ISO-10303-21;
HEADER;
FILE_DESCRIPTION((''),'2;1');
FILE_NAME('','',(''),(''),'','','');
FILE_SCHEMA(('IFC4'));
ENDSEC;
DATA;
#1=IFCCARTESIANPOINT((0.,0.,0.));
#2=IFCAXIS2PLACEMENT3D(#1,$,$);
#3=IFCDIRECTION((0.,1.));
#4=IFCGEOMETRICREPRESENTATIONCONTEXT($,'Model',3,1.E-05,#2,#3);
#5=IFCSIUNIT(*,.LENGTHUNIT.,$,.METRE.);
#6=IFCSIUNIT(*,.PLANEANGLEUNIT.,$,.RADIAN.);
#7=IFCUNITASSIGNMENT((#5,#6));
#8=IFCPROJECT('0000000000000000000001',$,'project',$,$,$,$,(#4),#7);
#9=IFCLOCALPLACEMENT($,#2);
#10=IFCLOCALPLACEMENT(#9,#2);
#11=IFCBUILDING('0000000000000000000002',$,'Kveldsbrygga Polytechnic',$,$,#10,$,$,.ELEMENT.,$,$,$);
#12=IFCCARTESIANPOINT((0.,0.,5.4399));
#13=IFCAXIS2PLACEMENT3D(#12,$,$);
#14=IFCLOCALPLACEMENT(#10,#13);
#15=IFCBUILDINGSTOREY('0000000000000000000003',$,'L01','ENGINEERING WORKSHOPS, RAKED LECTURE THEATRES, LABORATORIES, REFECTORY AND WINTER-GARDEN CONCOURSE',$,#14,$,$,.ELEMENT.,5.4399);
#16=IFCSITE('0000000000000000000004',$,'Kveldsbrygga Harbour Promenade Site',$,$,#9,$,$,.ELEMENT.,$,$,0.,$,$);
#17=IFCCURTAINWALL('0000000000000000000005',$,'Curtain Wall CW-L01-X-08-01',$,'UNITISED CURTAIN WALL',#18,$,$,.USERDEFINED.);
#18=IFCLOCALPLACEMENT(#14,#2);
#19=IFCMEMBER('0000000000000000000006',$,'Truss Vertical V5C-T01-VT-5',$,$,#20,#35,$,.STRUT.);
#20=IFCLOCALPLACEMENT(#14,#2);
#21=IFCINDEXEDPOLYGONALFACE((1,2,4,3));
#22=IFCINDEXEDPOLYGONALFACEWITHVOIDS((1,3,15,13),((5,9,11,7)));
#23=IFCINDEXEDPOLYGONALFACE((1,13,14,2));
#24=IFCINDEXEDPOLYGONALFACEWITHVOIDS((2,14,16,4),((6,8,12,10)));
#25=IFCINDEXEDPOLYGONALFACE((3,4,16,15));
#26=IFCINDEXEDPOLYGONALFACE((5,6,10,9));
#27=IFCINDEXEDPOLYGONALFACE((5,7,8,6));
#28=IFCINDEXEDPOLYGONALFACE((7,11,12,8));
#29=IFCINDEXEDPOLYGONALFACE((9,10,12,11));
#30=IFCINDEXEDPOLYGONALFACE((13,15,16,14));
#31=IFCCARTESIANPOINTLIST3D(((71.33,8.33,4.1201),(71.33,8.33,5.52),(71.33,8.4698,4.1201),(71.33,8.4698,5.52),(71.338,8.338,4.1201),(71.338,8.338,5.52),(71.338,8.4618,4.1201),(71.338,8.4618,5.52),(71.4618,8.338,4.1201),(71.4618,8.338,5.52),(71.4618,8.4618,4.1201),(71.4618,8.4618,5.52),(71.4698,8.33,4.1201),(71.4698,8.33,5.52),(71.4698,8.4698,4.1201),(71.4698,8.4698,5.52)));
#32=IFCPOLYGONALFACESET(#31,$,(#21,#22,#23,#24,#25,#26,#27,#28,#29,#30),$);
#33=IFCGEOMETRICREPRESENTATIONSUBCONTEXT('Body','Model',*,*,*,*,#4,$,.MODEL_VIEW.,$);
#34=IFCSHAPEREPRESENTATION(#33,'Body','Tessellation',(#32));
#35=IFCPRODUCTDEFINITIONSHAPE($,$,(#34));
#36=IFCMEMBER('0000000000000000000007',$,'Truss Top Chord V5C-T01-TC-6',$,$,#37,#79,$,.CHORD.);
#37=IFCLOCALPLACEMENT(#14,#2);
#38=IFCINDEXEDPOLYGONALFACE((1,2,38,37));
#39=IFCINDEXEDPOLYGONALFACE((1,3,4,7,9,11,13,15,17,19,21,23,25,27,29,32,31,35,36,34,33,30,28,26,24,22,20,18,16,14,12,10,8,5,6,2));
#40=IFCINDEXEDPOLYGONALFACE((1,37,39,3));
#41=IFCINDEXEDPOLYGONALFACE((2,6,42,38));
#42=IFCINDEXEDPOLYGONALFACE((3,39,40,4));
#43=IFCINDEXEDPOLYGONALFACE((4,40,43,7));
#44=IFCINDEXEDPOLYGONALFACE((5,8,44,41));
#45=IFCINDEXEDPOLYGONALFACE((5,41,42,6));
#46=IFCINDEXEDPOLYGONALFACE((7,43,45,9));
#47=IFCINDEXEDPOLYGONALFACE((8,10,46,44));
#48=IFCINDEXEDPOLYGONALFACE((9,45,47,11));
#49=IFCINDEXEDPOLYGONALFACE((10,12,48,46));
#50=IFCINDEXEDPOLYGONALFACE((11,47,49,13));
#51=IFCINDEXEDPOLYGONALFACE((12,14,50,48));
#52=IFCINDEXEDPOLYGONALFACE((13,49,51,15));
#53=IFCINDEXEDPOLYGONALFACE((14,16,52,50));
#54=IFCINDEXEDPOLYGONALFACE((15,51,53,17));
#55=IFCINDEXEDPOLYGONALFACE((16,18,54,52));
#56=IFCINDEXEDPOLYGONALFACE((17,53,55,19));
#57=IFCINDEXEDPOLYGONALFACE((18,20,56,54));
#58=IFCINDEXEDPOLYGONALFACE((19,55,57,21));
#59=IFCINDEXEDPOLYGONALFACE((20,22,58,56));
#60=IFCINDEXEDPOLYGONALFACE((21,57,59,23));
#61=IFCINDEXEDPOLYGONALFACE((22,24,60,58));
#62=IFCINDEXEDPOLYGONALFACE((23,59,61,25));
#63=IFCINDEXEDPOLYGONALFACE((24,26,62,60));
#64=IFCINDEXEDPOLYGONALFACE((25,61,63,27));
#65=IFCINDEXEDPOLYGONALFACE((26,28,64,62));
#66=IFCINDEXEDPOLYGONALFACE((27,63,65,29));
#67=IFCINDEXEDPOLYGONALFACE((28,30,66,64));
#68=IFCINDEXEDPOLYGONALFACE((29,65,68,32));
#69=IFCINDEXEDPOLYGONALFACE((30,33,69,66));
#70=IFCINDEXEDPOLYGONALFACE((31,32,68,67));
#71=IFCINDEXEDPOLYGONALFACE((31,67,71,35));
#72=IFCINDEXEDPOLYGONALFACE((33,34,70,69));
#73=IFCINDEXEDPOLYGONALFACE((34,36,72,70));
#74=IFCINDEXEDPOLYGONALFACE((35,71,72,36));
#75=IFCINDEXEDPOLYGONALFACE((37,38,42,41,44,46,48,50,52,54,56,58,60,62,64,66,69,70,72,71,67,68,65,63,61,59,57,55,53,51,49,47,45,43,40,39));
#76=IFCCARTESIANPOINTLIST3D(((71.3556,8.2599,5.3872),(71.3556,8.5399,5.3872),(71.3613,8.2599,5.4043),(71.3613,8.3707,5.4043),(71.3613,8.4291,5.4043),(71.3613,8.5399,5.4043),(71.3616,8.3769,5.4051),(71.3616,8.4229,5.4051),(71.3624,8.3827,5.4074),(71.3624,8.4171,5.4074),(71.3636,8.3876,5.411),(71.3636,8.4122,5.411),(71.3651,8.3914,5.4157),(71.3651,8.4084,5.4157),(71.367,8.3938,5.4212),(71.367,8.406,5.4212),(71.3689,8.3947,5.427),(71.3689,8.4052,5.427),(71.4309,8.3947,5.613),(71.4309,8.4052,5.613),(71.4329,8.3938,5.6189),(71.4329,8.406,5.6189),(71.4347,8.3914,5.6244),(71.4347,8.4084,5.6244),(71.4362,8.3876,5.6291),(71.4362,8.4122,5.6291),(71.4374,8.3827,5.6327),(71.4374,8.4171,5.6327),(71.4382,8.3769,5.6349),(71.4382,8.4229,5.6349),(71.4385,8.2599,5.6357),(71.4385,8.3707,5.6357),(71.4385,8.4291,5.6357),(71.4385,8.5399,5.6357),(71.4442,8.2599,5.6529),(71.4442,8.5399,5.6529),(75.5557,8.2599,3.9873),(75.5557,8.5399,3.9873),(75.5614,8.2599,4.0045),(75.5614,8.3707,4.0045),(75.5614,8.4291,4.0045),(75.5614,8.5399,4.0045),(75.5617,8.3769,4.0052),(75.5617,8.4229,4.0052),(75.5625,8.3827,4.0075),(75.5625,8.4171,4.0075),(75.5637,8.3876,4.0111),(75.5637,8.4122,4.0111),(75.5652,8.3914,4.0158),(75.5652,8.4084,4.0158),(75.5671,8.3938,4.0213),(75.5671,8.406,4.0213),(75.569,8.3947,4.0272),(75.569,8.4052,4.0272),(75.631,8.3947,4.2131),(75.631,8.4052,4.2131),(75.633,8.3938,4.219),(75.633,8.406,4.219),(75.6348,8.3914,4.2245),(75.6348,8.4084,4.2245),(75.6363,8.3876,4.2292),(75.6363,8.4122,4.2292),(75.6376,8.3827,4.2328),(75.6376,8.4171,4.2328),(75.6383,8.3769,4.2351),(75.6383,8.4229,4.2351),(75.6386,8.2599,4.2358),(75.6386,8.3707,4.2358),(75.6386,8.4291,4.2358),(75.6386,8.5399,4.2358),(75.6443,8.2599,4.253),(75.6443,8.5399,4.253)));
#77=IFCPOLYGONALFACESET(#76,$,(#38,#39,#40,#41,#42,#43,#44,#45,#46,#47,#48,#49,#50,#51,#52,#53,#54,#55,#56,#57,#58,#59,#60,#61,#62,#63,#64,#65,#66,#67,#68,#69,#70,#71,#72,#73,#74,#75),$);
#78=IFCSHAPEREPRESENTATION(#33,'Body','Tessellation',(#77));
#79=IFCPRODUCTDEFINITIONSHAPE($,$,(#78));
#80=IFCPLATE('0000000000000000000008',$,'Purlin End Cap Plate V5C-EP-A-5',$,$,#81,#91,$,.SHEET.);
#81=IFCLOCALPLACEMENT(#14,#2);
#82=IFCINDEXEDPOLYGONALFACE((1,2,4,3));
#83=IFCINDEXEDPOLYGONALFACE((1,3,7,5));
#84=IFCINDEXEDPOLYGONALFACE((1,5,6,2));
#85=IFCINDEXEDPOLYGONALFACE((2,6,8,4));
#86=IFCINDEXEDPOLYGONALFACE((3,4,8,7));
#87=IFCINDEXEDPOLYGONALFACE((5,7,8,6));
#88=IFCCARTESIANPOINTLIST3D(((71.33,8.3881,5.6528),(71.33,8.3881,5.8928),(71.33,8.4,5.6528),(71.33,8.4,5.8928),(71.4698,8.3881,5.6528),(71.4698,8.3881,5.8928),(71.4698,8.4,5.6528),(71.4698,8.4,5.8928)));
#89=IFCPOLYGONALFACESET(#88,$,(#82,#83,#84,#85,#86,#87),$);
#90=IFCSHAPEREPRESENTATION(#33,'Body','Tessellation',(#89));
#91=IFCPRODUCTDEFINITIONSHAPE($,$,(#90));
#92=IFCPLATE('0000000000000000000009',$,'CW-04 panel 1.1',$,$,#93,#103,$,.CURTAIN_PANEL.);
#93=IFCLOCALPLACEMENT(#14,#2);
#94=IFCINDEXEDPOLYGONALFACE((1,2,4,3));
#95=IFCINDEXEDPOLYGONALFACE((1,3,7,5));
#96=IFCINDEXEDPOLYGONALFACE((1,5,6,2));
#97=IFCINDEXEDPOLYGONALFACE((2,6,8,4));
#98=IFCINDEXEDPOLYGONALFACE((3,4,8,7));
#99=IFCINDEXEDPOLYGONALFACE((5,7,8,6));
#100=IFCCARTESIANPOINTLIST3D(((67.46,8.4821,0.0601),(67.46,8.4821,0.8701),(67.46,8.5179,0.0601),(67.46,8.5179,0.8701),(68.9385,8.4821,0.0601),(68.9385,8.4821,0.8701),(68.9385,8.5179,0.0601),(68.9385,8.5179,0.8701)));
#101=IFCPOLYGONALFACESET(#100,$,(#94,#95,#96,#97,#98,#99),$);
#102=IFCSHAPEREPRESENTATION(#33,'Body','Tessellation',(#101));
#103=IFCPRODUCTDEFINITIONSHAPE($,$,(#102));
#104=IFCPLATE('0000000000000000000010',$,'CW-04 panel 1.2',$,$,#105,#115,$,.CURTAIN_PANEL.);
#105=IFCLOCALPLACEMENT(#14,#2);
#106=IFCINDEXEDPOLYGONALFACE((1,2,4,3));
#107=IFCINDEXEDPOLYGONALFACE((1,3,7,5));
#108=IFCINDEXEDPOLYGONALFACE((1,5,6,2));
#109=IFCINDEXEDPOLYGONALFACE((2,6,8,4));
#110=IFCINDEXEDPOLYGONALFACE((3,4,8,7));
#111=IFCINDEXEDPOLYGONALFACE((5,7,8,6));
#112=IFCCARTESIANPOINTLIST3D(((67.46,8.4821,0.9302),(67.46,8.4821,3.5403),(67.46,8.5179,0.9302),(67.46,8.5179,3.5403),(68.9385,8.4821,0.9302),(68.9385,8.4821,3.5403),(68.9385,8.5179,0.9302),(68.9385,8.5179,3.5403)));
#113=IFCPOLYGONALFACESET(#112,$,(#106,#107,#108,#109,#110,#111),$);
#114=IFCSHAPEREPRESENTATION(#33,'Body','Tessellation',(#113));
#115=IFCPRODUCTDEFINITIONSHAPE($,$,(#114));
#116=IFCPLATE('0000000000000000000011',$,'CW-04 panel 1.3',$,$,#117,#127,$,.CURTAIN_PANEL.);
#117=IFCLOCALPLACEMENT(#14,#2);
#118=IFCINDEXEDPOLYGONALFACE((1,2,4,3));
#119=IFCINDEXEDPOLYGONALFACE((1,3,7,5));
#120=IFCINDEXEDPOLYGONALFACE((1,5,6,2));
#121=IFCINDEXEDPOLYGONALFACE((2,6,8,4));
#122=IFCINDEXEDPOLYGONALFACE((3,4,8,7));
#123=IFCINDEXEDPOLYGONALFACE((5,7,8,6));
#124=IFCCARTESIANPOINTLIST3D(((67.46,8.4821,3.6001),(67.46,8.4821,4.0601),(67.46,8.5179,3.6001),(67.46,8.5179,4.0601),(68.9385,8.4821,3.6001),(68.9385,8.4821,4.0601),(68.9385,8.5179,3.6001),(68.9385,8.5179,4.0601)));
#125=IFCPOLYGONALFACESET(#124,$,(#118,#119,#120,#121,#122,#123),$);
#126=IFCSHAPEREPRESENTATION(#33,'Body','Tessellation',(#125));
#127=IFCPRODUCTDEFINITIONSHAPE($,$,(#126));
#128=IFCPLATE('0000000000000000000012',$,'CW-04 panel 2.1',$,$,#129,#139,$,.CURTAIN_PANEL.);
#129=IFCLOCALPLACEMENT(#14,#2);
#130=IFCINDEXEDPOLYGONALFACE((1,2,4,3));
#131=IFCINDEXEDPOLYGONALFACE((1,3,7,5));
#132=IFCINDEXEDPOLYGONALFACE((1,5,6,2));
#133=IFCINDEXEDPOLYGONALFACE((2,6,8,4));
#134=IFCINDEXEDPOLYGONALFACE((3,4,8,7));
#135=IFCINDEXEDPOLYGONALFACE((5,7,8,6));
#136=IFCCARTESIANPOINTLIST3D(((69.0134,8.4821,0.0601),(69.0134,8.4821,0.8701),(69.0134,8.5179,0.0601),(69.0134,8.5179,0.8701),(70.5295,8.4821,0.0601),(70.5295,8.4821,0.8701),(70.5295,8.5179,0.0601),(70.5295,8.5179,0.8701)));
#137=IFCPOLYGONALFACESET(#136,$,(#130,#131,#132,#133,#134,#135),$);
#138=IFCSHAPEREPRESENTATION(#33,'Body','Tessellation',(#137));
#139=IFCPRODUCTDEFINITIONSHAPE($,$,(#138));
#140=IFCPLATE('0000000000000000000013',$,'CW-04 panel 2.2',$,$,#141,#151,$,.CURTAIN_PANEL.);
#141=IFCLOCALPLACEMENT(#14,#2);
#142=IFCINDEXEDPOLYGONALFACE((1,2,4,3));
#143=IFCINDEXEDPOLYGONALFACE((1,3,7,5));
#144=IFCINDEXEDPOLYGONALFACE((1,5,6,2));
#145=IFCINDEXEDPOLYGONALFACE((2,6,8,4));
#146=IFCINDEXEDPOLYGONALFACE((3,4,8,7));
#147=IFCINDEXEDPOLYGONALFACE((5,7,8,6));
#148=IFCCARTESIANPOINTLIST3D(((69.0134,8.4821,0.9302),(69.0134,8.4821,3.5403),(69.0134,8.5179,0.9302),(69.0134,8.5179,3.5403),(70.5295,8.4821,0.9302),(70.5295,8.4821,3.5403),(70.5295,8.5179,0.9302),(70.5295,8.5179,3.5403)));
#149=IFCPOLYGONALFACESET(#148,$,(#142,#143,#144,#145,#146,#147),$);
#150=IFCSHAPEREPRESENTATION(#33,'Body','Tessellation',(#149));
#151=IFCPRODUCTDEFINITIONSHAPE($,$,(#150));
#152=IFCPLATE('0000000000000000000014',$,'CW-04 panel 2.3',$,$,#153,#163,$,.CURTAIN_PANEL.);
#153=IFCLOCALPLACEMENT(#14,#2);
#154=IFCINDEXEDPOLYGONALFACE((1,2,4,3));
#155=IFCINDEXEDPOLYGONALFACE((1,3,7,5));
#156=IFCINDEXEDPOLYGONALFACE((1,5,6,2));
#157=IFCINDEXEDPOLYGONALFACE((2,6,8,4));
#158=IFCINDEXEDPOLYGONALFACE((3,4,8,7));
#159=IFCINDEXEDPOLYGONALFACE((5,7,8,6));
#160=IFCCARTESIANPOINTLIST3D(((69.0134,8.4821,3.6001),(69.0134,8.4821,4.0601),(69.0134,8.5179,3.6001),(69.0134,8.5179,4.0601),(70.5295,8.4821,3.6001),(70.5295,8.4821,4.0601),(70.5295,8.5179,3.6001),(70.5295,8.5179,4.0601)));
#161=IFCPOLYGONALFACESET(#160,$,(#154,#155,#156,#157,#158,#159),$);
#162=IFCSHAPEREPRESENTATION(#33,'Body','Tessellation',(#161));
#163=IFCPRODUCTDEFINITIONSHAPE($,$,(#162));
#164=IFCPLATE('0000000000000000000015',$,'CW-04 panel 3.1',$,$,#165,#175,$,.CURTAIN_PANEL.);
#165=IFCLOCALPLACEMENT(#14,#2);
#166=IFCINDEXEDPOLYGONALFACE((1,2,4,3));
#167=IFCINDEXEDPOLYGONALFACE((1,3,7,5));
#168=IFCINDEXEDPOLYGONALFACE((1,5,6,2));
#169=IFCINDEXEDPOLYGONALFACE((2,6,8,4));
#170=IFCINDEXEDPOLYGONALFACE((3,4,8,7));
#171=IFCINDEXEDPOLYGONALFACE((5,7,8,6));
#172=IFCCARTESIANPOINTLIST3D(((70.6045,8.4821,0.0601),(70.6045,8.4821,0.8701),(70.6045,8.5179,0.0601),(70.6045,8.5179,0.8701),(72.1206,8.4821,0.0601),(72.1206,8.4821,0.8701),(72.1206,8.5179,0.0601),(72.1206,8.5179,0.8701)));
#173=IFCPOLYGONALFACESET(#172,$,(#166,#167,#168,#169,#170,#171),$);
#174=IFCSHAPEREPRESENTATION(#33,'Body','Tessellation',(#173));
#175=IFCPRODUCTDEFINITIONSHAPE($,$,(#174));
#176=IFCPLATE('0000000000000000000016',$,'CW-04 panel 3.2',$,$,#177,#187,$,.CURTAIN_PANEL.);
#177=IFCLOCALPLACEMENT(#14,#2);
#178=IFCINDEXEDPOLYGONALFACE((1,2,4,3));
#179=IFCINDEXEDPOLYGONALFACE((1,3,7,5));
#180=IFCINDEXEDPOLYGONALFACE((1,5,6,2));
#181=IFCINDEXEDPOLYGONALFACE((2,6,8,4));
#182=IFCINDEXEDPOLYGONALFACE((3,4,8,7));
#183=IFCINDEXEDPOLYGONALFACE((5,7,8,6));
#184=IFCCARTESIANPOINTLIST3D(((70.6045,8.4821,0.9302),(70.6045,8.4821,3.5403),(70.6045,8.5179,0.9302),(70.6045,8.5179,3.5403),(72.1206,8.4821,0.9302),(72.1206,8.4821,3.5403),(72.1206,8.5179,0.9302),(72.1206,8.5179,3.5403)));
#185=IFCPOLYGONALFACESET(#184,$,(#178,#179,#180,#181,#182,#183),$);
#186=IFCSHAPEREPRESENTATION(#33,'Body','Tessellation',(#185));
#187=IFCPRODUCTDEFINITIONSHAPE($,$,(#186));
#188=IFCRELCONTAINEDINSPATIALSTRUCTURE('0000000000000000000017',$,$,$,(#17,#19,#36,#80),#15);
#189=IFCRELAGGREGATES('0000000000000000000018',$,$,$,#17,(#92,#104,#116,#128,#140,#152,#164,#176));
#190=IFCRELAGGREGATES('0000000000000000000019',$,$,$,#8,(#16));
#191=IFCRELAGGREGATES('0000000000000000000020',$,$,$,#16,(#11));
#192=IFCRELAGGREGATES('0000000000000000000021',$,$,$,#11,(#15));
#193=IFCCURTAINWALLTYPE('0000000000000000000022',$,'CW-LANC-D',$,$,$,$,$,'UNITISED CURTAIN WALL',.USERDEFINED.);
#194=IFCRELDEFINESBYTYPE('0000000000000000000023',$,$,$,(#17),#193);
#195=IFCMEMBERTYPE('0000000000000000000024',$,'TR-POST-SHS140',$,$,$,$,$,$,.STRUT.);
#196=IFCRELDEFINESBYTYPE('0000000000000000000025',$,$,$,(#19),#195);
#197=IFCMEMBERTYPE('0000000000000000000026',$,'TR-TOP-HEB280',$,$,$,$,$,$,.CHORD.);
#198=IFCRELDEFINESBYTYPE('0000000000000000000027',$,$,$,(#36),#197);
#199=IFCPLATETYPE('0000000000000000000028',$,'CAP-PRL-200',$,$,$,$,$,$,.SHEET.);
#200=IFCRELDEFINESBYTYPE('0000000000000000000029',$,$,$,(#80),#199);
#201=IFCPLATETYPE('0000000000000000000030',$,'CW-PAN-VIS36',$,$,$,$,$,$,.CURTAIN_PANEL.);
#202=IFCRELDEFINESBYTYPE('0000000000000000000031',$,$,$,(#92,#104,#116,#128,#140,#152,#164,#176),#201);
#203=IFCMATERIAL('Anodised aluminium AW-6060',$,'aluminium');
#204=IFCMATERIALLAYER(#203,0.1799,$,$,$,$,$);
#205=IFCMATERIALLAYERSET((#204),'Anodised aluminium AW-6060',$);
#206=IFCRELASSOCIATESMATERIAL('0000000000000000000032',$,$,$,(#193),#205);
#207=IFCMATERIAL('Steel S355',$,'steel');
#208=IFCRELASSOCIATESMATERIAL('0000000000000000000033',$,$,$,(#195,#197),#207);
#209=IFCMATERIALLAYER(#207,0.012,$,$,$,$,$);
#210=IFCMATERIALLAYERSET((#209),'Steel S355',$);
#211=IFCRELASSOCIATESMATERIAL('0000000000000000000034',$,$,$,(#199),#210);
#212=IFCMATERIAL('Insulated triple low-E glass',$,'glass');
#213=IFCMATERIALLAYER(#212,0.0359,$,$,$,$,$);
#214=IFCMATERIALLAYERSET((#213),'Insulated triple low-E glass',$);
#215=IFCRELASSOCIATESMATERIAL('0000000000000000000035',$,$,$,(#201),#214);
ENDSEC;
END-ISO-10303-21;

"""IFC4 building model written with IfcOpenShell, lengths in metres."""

from ifc_helpers import new_model, si_unit, direction, frame, origin, origin_2d, place, context, subcontext, project, spatial, rectangle, hollow_rectangle, i_section, extrude, material, layer, layer_set, material_profile, profile_set, type_object, element, aggregate, save


model = new_model("IFC4")

# Units and contexts
model_context = context("Model", 3, precision=1e-05, world=origin(), true_north=direction((0.0, 1.0)))
body_context = subcontext(model_context, "Body", "Model", "MODEL_VIEW")
ifc_project = project(units=[si_unit("LENGTHUNIT", "METRE"), si_unit("PLANEANGLEUNIT", "RADIAN")], contexts=[model_context])

# Site, building, storey
site_placement = place(None, origin())
site = spatial("IfcSite", under=ifc_project, at=site_placement, Name="Kveldsbrygga Harbour Promenade Site", CompositionType="ELEMENT", RefElevation=0.0)
building_placement = place(site_placement, origin())
building = spatial("IfcBuilding", under=site, at=building_placement, Name="Kveldsbrygga Polytechnic", CompositionType="ELEMENT")
storey_placement = place(building_placement, frame((0.0, 0.0, 5.4399)))
storey = spatial("IfcBuildingStorey", under=building, at=storey_placement, Name="L01", Description="ENGINEERING WORKSHOPS, RAKED LECTURE THEATRES, LABORATORIES, REFECTORY AND WINTER-GARDEN CONCOURSE", CompositionType="ELEMENT", Elevation=5.4399)

# Shared definitions
ifc_material_1 = material(Name="Steel S355", Category="steel")

# Curtain wall
ifc_material_2 = material(Name="Anodised aluminium AW-6060", Category="aluminium")
ifc_layer_1 = layer(ifc_material_2, 0.1799)
ifc_layer_set_1 = layer_set([ifc_layer_1], Name="Anodised aluminium AW-6060")
curtain_wall_type = type_object("IfcCurtainWallType", Name="CW-LANC-D", ElementType="UNITISED CURTAIN WALL", PredefinedType="USERDEFINED", material=ifc_layer_set_1)
curtain_wall_placement = place(storey_placement, origin())
curtain_wall = element("IfcCurtainWall", 1, at=curtain_wall_placement, inside=storey, type_object=curtain_wall_type, Name="Curtain Wall CW-L01-X-08-01", ObjectType="UNITISED CURTAIN WALL", PredefinedType="USERDEFINED")

# Members
ifc_material_profile_1 = material_profile(ifc_material_1, hollow_rectangle(XDim=0.1399, YDim=0.1399, WallThickness=0.0081, at=origin_2d()), Name="SHS 140x140x8.0")
ifc_profile_set_1 = profile_set([ifc_material_profile_1], Name="Steel S355")
member_type_1 = type_object("IfcMemberType", Name="TR-POST-SHS140", PredefinedType="STRUT", material=ifc_profile_set_1)
member_1_placement = place(storey_placement, frame((71.3999, 8.3999, 4.1201), z_axis=(0.0, 0.0, 1.0), x_axis=(1.0, 0.0, 0.0)))
element("IfcMember", 2, at=member_1_placement, inside=storey, type_object=member_type_1, Name="Truss Vertical V5C-T01-VT-5", PredefinedType="STRUT", context=body_context, shape_type="SweptSolid", body=[
    extrude(hollow_rectangle(XDim=0.1399, YDim=0.1399, WallThickness=0.0081, at=origin_2d()), origin(), (0.0, 0.0, 1.0), 1.3999),
])
ifc_material_profile_2 = material_profile(ifc_material_1, i_section(OverallWidth=0.28, OverallDepth=0.28, WebThickness=0.0105, FlangeThickness=0.0181, FilletRadius=0.0239, at=origin_2d()), Name="HEB 280")
ifc_profile_set_2 = profile_set([ifc_material_profile_2], Name="Steel S355")
member_type_2 = type_object("IfcMemberType", Name="TR-TOP-HEB280", PredefinedType="CHORD", material=ifc_profile_set_2)
member_2_placement = place(storey_placement, frame((71.3999, 8.3999, 5.52), z_axis=(0.948694, 0.0, -0.316195), x_axis=(0.0, 1.0, 0.0)))
element("IfcMember", 3, at=member_2_placement, inside=storey, type_object=member_type_2, Name="Truss Top Chord V5C-T01-TC-6", PredefinedType="CHORD", context=body_context, shape_type="SweptSolid", body=[
    extrude(i_section(OverallWidth=0.28, OverallDepth=0.28, WebThickness=0.0105, FlangeThickness=0.0181, FilletRadius=0.0239, at=origin_2d()), origin(), (0.0, 0.0, 1.0), 4.4272),
])

# Plates
ifc_layer_2 = layer(ifc_material_1, 0.012)
ifc_layer_set_2 = layer_set([ifc_layer_2], Name="Steel S355")
plate_type_1 = type_object("IfcPlateType", Name="CAP-PRL-200", PredefinedType="SHEET", material=ifc_layer_set_2)
plate_1_placement = place(storey_placement, frame((71.3999, 8.394, 5.6528), z_axis=(0.0, 0.0, 1.0), x_axis=(1.0, 0.0, 0.0)))
element("IfcPlate", 4, at=plate_1_placement, inside=storey, type_object=plate_type_1, Name="Purlin End Cap Plate V5C-EP-A-5", PredefinedType="SHEET", context=body_context, shape_type="SweptSolid", body=[
    extrude(rectangle(XDim=0.1399, YDim=0.012, at=origin_2d()), origin(), (0.0, 0.0, 1.0), 0.24),
])
ifc_material_3 = material(Name="Insulated triple low-E glass", Category="glass")
ifc_layer_3 = layer(ifc_material_3, 0.0359)
ifc_layer_set_3 = layer_set([ifc_layer_3], Name="Insulated triple low-E glass")
plate_type_2 = type_object("IfcPlateType", Name="CW-PAN-VIS36", PredefinedType="CURTAIN_PANEL", material=ifc_layer_set_3)
plate_2_placement = place(storey_placement, frame((68.1992, 8.5, 0.0601), z_axis=(0.0, 0.0, 1.0), x_axis=(1.0, 0.0, 0.0)))
plate_2 = element("IfcPlate", 5, at=plate_2_placement, type_object=plate_type_2, Name="CW-04 panel 1.1", PredefinedType="CURTAIN_PANEL", context=body_context, shape_type="SweptSolid", body=[
    extrude(rectangle(XDim=1.4785, YDim=0.0359, at=origin_2d()), origin(), (0.0, 0.0, 1.0), 0.8101),
])
plate_3_placement = place(storey_placement, frame((68.1992, 8.5, 0.9302), z_axis=(0.0, 0.0, 1.0), x_axis=(1.0, 0.0, 0.0)))
plate_3 = element("IfcPlate", 6, at=plate_3_placement, type_object=plate_type_2, Name="CW-04 panel 1.2", PredefinedType="CURTAIN_PANEL", context=body_context, shape_type="SweptSolid", body=[
    extrude(rectangle(XDim=1.4785, YDim=0.0359, at=origin_2d()), origin(), (0.0, 0.0, 1.0), 2.6101),
])
plate_4_placement = place(storey_placement, frame((68.1992, 8.5, 3.6001), z_axis=(0.0, 0.0, 1.0), x_axis=(1.0, 0.0, 0.0)))
plate_4 = element("IfcPlate", 7, at=plate_4_placement, type_object=plate_type_2, Name="CW-04 panel 1.3", PredefinedType="CURTAIN_PANEL", context=body_context, shape_type="SweptSolid", body=[
    extrude(rectangle(XDim=1.4785, YDim=0.0359, at=origin_2d()), origin(), (0.0, 0.0, 1.0), 0.46),
])
plate_5_placement = place(storey_placement, frame((69.7715, 8.5, 0.0601), z_axis=(0.0, 0.0, 1.0), x_axis=(1.0, 0.0, 0.0)))
plate_5 = element("IfcPlate", 8, at=plate_5_placement, type_object=plate_type_2, Name="CW-04 panel 2.1", PredefinedType="CURTAIN_PANEL", context=body_context, shape_type="SweptSolid", body=[
    extrude(rectangle(XDim=1.5161, YDim=0.0359, at=origin_2d()), origin(), (0.0, 0.0, 1.0), 0.8101),
])
plate_6_placement = place(storey_placement, frame((69.7715, 8.5, 0.9302), z_axis=(0.0, 0.0, 1.0), x_axis=(1.0, 0.0, 0.0)))
plate_6 = element("IfcPlate", 9, at=plate_6_placement, type_object=plate_type_2, Name="CW-04 panel 2.2", PredefinedType="CURTAIN_PANEL", context=body_context, shape_type="SweptSolid", body=[
    extrude(rectangle(XDim=1.5161, YDim=0.0359, at=origin_2d()), origin(), (0.0, 0.0, 1.0), 2.6101),
])
plate_7_placement = place(storey_placement, frame((69.7715, 8.5, 3.6001), z_axis=(0.0, 0.0, 1.0), x_axis=(1.0, 0.0, 0.0)))
plate_7 = element("IfcPlate", 10, at=plate_7_placement, type_object=plate_type_2, Name="CW-04 panel 2.3", PredefinedType="CURTAIN_PANEL", context=body_context, shape_type="SweptSolid", body=[
    extrude(rectangle(XDim=1.5161, YDim=0.0359, at=origin_2d()), origin(), (0.0, 0.0, 1.0), 0.46),
])
plate_8_placement = place(storey_placement, frame((71.3625, 8.5, 0.0601), z_axis=(0.0, 0.0, 1.0), x_axis=(1.0, 0.0, 0.0)))
plate_8 = element("IfcPlate", 11, at=plate_8_placement, type_object=plate_type_2, Name="CW-04 panel 3.1", PredefinedType="CURTAIN_PANEL", context=body_context, shape_type="SweptSolid", body=[
    extrude(rectangle(XDim=1.5161, YDim=0.0359, at=origin_2d()), origin(), (0.0, 0.0, 1.0), 0.8101),
])
plate_9_placement = place(storey_placement, frame((71.3625, 8.5, 0.9302), z_axis=(0.0, 0.0, 1.0), x_axis=(1.0, 0.0, 0.0)))
plate_9 = element("IfcPlate", 12, at=plate_9_placement, type_object=plate_type_2, Name="CW-04 panel 3.2", PredefinedType="CURTAIN_PANEL", context=body_context, shape_type="SweptSolid", body=[
    extrude(rectangle(XDim=1.5161, YDim=0.0359, at=origin_2d()), origin(), (0.0, 0.0, 1.0), 2.6101),
])
aggregate(curtain_wall, [plate_2, plate_3, plate_4, plate_5, plate_6, plate_7, plate_8, plate_9])

save(model, "model.ifc")
